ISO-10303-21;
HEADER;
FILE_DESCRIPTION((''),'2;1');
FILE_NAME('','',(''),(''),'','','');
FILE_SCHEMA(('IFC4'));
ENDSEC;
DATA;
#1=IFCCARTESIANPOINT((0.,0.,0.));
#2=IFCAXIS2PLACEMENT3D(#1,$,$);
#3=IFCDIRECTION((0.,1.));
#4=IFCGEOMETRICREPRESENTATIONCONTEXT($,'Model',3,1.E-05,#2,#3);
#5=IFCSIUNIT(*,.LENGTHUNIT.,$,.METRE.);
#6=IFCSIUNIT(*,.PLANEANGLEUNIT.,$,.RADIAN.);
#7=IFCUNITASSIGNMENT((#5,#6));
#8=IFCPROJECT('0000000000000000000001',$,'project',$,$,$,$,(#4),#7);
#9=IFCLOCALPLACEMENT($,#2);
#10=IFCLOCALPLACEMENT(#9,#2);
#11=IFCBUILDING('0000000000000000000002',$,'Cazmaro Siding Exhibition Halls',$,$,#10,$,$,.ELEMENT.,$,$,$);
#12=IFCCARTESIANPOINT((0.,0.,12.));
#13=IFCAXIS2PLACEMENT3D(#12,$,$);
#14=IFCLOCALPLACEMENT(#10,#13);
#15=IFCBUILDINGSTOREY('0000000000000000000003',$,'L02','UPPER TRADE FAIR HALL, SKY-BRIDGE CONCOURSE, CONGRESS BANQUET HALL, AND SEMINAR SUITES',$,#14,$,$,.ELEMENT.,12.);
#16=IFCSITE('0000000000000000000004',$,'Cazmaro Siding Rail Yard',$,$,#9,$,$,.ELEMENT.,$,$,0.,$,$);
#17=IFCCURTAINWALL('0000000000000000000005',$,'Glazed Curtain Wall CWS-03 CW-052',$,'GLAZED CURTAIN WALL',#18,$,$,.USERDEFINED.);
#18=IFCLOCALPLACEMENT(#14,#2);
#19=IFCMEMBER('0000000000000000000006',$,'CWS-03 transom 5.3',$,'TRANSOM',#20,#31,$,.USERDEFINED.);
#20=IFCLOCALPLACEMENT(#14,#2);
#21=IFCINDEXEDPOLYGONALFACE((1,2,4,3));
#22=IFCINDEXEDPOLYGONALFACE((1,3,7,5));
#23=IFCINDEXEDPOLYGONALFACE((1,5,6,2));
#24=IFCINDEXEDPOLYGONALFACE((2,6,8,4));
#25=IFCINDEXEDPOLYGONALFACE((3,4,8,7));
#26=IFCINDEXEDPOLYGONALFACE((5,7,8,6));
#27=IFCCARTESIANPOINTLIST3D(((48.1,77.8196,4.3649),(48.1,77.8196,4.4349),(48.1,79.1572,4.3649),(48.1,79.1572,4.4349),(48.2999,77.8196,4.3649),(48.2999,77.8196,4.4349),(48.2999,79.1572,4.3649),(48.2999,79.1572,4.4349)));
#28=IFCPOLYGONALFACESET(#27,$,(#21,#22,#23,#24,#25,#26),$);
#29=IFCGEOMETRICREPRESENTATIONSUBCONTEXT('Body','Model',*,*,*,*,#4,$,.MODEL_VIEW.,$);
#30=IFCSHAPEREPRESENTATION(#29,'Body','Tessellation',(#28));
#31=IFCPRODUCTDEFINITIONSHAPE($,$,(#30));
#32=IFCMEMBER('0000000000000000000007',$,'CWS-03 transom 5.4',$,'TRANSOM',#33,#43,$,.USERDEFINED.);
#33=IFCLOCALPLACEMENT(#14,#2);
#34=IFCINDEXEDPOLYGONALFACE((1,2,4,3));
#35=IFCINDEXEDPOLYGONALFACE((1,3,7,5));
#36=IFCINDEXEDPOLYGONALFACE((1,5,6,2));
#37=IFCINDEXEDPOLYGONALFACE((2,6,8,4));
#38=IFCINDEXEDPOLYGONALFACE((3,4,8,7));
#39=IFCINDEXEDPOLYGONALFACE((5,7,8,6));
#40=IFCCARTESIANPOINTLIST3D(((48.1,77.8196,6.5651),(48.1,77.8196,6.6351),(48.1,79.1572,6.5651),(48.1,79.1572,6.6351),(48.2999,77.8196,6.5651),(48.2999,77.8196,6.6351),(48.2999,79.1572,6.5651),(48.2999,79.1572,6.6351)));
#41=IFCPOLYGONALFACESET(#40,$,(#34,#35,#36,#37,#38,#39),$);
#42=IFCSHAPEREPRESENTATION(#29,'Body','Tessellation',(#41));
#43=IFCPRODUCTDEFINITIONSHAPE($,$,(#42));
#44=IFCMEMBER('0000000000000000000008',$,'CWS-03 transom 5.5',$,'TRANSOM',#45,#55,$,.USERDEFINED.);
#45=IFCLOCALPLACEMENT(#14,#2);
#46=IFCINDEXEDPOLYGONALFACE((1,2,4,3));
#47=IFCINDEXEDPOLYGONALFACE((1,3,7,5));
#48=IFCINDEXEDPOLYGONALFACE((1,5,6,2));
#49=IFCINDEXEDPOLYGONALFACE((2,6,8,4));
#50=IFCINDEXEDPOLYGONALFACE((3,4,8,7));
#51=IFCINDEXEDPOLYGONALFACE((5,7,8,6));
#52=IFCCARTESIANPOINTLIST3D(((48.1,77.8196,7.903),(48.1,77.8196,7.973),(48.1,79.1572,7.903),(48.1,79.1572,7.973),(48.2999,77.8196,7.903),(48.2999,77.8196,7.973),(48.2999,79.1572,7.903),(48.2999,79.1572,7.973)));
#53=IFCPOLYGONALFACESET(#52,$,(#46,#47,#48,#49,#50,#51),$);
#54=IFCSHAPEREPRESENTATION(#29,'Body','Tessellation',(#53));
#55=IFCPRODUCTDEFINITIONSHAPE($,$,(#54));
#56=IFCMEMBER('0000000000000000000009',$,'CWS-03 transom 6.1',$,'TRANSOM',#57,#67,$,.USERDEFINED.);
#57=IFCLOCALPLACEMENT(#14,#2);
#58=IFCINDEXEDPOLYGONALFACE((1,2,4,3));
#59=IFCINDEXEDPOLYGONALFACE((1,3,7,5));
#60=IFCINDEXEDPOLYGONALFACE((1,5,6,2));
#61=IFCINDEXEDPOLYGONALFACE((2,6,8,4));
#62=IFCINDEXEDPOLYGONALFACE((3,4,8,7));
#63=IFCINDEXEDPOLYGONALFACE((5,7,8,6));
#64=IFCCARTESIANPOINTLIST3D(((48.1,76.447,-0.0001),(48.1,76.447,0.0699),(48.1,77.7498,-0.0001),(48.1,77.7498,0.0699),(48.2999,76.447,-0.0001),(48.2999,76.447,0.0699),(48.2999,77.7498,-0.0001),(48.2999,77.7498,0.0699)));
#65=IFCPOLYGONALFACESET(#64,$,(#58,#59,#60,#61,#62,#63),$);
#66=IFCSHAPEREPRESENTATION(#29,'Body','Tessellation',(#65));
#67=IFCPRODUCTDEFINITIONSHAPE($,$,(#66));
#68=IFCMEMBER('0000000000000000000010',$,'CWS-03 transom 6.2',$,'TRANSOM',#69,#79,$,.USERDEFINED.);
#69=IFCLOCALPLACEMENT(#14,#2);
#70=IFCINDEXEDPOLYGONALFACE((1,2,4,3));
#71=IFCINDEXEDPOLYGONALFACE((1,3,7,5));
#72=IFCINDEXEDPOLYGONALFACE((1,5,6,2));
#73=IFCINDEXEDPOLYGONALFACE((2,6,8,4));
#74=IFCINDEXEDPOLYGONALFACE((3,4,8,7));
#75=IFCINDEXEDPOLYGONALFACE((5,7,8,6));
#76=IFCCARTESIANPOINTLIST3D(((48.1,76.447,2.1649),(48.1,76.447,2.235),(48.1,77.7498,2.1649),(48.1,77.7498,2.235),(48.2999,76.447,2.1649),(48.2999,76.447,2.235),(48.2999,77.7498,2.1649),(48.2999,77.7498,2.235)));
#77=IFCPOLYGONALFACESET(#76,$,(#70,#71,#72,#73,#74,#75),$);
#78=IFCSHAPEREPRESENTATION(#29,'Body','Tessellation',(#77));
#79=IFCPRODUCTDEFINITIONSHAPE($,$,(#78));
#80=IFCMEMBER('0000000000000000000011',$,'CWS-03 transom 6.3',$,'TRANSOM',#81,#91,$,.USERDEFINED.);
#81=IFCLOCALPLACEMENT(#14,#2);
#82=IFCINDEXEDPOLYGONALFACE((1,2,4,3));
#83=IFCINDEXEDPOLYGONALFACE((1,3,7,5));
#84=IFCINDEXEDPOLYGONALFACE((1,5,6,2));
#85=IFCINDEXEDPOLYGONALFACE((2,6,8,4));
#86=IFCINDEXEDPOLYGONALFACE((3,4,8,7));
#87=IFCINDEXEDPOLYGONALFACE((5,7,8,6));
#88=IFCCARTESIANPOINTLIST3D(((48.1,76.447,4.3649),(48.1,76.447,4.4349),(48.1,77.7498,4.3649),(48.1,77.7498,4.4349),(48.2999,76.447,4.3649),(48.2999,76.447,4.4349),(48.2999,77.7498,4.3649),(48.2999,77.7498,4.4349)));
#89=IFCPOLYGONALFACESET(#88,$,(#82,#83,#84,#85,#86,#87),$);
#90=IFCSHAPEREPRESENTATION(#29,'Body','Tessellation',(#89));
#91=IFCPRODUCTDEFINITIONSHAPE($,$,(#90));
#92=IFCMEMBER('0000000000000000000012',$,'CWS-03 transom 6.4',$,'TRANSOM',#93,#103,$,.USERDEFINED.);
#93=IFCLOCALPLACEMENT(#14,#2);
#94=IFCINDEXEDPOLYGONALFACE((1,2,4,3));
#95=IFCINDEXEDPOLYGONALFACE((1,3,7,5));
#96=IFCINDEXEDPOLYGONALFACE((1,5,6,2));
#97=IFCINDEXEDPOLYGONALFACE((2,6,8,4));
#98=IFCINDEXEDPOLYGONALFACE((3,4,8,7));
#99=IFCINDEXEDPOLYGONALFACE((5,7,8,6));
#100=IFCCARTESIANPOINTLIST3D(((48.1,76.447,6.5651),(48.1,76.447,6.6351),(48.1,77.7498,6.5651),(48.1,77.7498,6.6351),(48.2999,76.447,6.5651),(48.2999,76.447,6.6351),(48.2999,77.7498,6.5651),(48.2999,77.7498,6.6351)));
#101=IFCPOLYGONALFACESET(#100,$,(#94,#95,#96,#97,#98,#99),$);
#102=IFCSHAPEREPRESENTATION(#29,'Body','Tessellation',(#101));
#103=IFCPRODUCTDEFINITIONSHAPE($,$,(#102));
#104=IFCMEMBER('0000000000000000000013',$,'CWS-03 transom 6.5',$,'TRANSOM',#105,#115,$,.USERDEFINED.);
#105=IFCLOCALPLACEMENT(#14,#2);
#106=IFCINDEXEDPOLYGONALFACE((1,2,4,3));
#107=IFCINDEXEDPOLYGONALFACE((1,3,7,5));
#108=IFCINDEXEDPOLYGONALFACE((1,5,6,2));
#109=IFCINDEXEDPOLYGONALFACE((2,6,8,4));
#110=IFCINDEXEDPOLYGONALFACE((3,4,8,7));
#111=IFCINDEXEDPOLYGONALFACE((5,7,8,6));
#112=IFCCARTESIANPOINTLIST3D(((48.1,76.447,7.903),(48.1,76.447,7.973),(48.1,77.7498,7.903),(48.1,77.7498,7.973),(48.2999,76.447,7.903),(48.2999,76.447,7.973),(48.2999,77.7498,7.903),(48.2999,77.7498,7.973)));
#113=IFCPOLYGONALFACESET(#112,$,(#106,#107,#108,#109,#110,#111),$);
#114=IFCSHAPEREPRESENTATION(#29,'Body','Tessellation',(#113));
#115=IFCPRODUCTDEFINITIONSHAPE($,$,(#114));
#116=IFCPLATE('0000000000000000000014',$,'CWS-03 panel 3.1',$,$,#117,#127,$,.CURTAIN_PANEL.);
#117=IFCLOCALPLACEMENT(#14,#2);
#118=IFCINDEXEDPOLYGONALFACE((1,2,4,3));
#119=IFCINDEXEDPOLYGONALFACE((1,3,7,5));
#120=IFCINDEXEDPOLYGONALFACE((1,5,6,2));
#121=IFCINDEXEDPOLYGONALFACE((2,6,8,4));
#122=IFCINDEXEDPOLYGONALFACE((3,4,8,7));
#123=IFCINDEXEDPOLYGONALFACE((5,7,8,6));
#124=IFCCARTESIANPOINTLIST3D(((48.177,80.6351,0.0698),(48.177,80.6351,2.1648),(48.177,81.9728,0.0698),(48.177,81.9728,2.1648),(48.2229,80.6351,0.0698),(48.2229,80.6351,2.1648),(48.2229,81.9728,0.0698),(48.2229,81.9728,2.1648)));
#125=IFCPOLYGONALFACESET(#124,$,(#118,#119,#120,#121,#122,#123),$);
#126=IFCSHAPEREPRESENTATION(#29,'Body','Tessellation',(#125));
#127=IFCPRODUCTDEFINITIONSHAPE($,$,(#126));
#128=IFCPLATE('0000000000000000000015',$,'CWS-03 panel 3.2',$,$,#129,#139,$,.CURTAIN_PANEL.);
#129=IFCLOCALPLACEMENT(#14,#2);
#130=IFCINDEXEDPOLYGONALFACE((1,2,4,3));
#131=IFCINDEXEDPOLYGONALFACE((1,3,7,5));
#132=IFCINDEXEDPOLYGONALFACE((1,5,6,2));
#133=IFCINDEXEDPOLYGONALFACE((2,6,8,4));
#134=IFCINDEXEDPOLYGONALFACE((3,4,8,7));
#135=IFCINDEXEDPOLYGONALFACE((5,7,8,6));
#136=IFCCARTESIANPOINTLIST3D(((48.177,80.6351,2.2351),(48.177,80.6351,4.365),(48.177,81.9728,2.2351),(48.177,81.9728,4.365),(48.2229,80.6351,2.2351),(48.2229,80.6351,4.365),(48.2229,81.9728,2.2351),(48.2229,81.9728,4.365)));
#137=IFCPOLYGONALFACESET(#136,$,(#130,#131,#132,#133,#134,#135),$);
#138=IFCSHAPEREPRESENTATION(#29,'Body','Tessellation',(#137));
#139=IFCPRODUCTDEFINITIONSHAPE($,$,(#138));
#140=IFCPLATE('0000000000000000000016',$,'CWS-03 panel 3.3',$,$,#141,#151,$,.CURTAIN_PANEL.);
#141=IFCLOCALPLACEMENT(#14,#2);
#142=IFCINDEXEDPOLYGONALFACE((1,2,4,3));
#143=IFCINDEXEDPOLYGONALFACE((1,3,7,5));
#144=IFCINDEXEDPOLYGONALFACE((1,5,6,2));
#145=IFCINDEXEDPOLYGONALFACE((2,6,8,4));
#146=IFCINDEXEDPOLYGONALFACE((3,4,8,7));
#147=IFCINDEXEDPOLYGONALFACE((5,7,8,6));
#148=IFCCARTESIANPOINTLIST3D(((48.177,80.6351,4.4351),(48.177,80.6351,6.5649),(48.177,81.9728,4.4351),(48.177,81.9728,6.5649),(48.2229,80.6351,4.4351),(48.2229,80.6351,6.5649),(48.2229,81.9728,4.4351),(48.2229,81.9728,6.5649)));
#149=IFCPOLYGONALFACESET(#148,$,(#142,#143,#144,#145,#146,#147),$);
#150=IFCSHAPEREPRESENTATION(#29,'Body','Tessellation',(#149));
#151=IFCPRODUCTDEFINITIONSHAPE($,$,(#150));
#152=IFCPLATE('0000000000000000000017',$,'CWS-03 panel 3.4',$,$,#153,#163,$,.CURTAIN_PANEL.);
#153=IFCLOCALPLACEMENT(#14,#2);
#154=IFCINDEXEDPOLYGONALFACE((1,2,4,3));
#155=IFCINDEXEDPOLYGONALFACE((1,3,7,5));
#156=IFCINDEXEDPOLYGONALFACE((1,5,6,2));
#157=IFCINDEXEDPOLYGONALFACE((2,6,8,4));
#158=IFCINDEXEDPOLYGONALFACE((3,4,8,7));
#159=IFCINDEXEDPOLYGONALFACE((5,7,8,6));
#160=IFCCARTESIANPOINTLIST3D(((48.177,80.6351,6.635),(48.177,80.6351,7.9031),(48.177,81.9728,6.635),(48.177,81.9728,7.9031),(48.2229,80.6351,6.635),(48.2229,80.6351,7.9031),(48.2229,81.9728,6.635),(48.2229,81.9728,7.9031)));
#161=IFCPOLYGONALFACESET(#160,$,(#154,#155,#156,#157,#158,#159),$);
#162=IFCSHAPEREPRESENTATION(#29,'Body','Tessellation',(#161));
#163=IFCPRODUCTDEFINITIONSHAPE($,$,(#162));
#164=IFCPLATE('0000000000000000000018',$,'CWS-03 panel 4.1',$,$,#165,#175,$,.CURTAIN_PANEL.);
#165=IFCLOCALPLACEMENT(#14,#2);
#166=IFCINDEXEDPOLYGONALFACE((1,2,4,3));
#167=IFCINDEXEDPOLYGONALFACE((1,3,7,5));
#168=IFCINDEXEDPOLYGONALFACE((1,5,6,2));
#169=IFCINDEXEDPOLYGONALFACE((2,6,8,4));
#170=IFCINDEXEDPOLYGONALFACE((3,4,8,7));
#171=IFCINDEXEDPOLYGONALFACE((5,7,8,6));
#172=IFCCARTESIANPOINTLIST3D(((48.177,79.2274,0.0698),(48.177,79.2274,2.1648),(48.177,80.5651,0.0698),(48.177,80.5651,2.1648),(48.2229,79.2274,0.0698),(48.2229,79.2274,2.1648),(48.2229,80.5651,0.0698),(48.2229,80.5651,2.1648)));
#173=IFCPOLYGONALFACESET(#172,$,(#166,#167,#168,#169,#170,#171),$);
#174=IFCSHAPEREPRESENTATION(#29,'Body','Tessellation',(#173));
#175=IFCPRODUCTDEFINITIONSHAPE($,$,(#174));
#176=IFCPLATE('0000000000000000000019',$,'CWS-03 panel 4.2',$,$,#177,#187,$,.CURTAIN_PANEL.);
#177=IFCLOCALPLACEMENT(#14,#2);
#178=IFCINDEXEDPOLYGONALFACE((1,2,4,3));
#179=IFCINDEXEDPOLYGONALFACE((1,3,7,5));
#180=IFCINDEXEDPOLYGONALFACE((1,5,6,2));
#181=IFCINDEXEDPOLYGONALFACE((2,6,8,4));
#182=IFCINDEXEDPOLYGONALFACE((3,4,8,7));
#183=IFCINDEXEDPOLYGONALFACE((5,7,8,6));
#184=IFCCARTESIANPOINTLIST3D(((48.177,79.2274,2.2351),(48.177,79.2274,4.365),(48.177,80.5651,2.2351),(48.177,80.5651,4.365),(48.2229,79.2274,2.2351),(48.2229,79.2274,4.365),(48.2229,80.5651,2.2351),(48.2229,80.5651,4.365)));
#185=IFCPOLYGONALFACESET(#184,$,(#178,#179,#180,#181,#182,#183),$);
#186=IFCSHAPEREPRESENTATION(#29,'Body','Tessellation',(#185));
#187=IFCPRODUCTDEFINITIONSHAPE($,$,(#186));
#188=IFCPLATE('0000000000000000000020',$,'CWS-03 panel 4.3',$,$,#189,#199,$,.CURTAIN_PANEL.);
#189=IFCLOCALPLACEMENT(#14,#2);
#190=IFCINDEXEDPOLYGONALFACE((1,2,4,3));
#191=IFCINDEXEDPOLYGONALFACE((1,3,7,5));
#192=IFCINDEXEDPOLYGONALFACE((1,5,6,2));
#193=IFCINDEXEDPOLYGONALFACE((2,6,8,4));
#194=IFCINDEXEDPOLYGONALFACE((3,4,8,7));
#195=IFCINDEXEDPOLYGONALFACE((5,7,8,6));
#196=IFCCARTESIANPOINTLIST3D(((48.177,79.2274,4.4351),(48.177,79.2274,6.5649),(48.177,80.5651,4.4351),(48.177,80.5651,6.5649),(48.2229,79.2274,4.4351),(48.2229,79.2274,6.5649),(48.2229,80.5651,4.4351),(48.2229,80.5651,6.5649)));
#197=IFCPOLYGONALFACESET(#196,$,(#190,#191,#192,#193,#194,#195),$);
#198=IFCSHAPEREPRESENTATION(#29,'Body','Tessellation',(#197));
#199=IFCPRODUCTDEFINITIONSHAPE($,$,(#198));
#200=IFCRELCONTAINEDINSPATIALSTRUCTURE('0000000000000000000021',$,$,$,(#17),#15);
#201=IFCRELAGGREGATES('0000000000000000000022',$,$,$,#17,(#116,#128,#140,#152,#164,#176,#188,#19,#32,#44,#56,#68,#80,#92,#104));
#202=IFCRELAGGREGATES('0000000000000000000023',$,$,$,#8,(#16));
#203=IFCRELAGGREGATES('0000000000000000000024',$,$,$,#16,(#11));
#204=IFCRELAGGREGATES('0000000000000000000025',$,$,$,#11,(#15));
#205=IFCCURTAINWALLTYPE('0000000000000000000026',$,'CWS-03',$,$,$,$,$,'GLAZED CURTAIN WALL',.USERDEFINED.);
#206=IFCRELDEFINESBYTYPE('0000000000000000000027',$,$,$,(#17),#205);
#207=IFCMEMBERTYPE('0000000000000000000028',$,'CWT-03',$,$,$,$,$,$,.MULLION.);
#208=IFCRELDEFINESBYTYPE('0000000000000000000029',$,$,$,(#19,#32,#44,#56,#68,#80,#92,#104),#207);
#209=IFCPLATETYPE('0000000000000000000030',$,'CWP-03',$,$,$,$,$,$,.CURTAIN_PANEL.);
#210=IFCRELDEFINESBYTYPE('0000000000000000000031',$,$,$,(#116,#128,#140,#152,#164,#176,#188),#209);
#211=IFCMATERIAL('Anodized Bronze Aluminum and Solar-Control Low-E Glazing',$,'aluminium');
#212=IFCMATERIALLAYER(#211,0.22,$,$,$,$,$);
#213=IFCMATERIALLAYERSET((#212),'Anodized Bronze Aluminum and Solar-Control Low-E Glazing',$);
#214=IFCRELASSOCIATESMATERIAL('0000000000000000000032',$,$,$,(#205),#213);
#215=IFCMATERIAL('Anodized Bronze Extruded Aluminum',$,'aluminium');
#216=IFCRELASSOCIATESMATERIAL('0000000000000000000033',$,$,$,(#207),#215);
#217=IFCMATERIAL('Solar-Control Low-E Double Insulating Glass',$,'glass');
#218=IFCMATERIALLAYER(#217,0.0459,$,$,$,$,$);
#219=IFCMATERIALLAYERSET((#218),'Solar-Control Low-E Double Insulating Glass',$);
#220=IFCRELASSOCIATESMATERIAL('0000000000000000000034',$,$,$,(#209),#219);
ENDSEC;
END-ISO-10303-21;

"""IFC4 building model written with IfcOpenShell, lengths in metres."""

from ifc_helpers import new_model, si_unit, direction, frame, origin, origin_2d, place, context, subcontext, project, spatial, rectangle, extrude, material, layer, layer_set, material_profile, profile_set, type_object, element, aggregate, save


model = new_model("IFC4")

# Units and contexts
model_context = context("Model", 3, precision=1e-05, world=origin(), true_north=direction((0.0, 1.0)))
body_context = subcontext(model_context, "Body", "Model", "MODEL_VIEW")
ifc_project = project(units=[si_unit("LENGTHUNIT", "METRE"), si_unit("PLANEANGLEUNIT", "RADIAN")], contexts=[model_context])

# Site, building, storey
site_placement = place(None, origin())
site = spatial("IfcSite", under=ifc_project, at=site_placement, Name="Cazmaro Siding Rail Yard", CompositionType="ELEMENT", RefElevation=0.0)
building_placement = place(site_placement, origin())
building = spatial("IfcBuilding", under=site, at=building_placement, Name="Cazmaro Siding Exhibition Halls", CompositionType="ELEMENT")
storey_placement = place(building_placement, frame((0.0, 0.0, 12.0)))
storey = spatial("IfcBuildingStorey", under=building, at=storey_placement, Name="L02", Description="UPPER TRADE FAIR HALL, SKY-BRIDGE CONCOURSE, CONGRESS BANQUET HALL, AND SEMINAR SUITES", CompositionType="ELEMENT", Elevation=12.0)

# Curtain wall, members, plates
ifc_material_1 = material(Name="Anodized Bronze Aluminum and Solar-Control Low-E Glazing", Category="aluminium")
ifc_layer_1 = layer(ifc_material_1, 0.22)
ifc_layer_set_1 = layer_set([ifc_layer_1], Name="Anodized Bronze Aluminum and Solar-Control Low-E Glazing")
curtain_wall_type = type_object("IfcCurtainWallType", Name="CWS-03", ElementType="GLAZED CURTAIN WALL", PredefinedType="USERDEFINED", material=ifc_layer_set_1)
curtain_wall_placement = place(storey_placement, origin())
curtain_wall = element("IfcCurtainWall", 1, at=curtain_wall_placement, inside=storey, type_object=curtain_wall_type, Name="Glazed Curtain Wall CWS-03 CW-052", ObjectType="GLAZED CURTAIN WALL", PredefinedType="USERDEFINED")
ifc_material_2 = material(Name="Anodized Bronze Extruded Aluminum", Category="aluminium")
ifc_material_profile_1 = material_profile(ifc_material_2, rectangle(XDim=0.2, YDim=0.0701, at=origin_2d()), Name="CWT-03")
ifc_profile_set_1 = profile_set([ifc_material_profile_1], Name="Anodized Bronze Extruded Aluminum")
member_type_1 = type_object("IfcMemberType", Name="CWT-03", PredefinedType="MULLION", material=ifc_profile_set_1)
member_1_placement = place(storey_placement, frame((48.2, 79.1572, 4.3999), z_axis=(0.0, -1.0, 0.0), x_axis=(1.0, 0.0, 0.0)))
member_1 = element("IfcMember", 2, at=member_1_placement, type_object=member_type_1, Name="CWS-03 transom 5.3", ObjectType="TRANSOM", PredefinedType="USERDEFINED", context=body_context, shape_type="SweptSolid", body=[
    extrude(rectangle(XDim=0.2, YDim=0.0701, at=origin_2d()), origin(), (0.0, 0.0, 1.0), 1.3376),
])
member_2_placement = place(storey_placement, frame((48.2, 79.1572, 6.6001), z_axis=(0.0, -1.0, 0.0), x_axis=(1.0, 0.0, 0.0)))
member_2 = element("IfcMember", 3, at=member_2_placement, type_object=member_type_1, Name="CWS-03 transom 5.4", ObjectType="TRANSOM", PredefinedType="USERDEFINED", context=body_context, shape_type="SweptSolid", body=[
    extrude(rectangle(XDim=0.2, YDim=0.0701, at=origin_2d()), origin(), (0.0, 0.0, 1.0), 1.3376),
])
member_3_placement = place(storey_placement, frame((48.2, 79.1572, 7.938), z_axis=(0.0, -1.0, 0.0), x_axis=(1.0, 0.0, 0.0)))
member_3 = element("IfcMember", 4, at=member_3_placement, type_object=member_type_1, Name="CWS-03 transom 5.5", ObjectType="TRANSOM", PredefinedType="USERDEFINED", context=body_context, shape_type="SweptSolid", body=[
    extrude(rectangle(XDim=0.2, YDim=0.0701, at=origin_2d()), origin(), (0.0, 0.0, 1.0), 1.3376),
])
member_4_placement = place(storey_placement, frame((48.2, 77.7498, 0.0349), z_axis=(0.0, -1.0, 0.0), x_axis=(1.0, 0.0, 0.0)))
member_4 = element("IfcMember", 5, at=member_4_placement, type_object=member_type_1, Name="CWS-03 transom 6.1", ObjectType="TRANSOM", PredefinedType="USERDEFINED", context=body_context, shape_type="SweptSolid", body=[
    extrude(rectangle(XDim=0.2, YDim=0.0701, at=origin_2d()), origin(), (0.0, 0.0, 1.0), 1.3027),
])
member_5_placement = place(storey_placement, frame((48.2, 77.7498, 2.2), z_axis=(0.0, -1.0, 0.0), x_axis=(1.0, 0.0, 0.0)))
member_5 = element("IfcMember", 6, at=member_5_placement, type_object=member_type_1, Name="CWS-03 transom 6.2", ObjectType="TRANSOM", PredefinedType="USERDEFINED", context=body_context, shape_type="SweptSolid", body=[
    extrude(rectangle(XDim=0.2, YDim=0.0701, at=origin_2d()), origin(), (0.0, 0.0, 1.0), 1.3027),
])
member_6_placement = place(storey_placement, frame((48.2, 77.7498, 4.3999), z_axis=(0.0, -1.0, 0.0), x_axis=(1.0, 0.0, 0.0)))
member_6 = element("IfcMember", 7, at=member_6_placement, type_object=member_type_1, Name="CWS-03 transom 6.3", ObjectType="TRANSOM", PredefinedType="USERDEFINED", context=body_context, shape_type="SweptSolid", body=[
    extrude(rectangle(XDim=0.2, YDim=0.0701, at=origin_2d()), origin(), (0.0, 0.0, 1.0), 1.3027),
])
member_7_placement = place(storey_placement, frame((48.2, 77.7498, 6.6001), z_axis=(0.0, -1.0, 0.0), x_axis=(1.0, 0.0, 0.0)))
member_7 = element("IfcMember", 8, at=member_7_placement, type_object=member_type_1, Name="CWS-03 transom 6.4", ObjectType="TRANSOM", PredefinedType="USERDEFINED", context=body_context, shape_type="SweptSolid", body=[
    extrude(rectangle(XDim=0.2, YDim=0.0701, at=origin_2d()), origin(), (0.0, 0.0, 1.0), 1.3027),
])
member_8_placement = place(storey_placement, frame((48.2, 77.7498, 7.938), z_axis=(0.0, -1.0, 0.0), x_axis=(1.0, 0.0, 0.0)))
member_8 = element("IfcMember", 9, at=member_8_placement, type_object=member_type_1, Name="CWS-03 transom 6.5", ObjectType="TRANSOM", PredefinedType="USERDEFINED", context=body_context, shape_type="SweptSolid", body=[
    extrude(rectangle(XDim=0.2, YDim=0.0701, at=origin_2d()), origin(), (0.0, 0.0, 1.0), 1.3027),
])
ifc_material_3 = material(Name="Solar-Control Low-E Double Insulating Glass", Category="glass")
ifc_layer_2 = layer(ifc_material_3, 0.0459)
ifc_layer_set_2 = layer_set([ifc_layer_2], Name="Solar-Control Low-E Double Insulating Glass")
plate_type = type_object("IfcPlateType", Name="CWP-03", PredefinedType="CURTAIN_PANEL", material=ifc_layer_set_2)
plate_1_placement = place(storey_placement, frame((48.2, 81.304, 0.0698), z_axis=(0.0, 0.0, 1.0), x_axis=(0.0, -1.0, 0.0)))
plate_1 = element("IfcPlate", 10, at=plate_1_placement, type_object=plate_type, Name="CWS-03 panel 3.1", PredefinedType="CURTAIN_PANEL", context=body_context, shape_type="SweptSolid", body=[
    extrude(rectangle(XDim=1.3376, YDim=0.0459, at=origin_2d()), origin(), (0.0, 0.0, 1.0), 2.095),
])
plate_2_placement = place(storey_placement, frame((48.2, 81.304, 2.2351), z_axis=(0.0, 0.0, 1.0), x_axis=(0.0, -1.0, 0.0)))
plate_2 = element("IfcPlate", 11, at=plate_2_placement, type_object=plate_type, Name="CWS-03 panel 3.2", PredefinedType="CURTAIN_PANEL", context=body_context, shape_type="SweptSolid", body=[
    extrude(rectangle(XDim=1.3376, YDim=0.0459, at=origin_2d()), origin(), (0.0, 0.0, 1.0), 2.1299),
])
plate_3_placement = place(storey_placement, frame((48.2, 81.304, 4.4351), z_axis=(0.0, 0.0, 1.0), x_axis=(0.0, -1.0, 0.0)))
plate_3 = element("IfcPlate", 12, at=plate_3_placement, type_object=plate_type, Name="CWS-03 panel 3.3", PredefinedType="CURTAIN_PANEL", context=body_context, shape_type="SweptSolid", body=[
    extrude(rectangle(XDim=1.3376, YDim=0.0459, at=origin_2d()), origin(), (0.0, 0.0, 1.0), 2.1299),
])
plate_4_placement = place(storey_placement, frame((48.2, 81.304, 6.635), z_axis=(0.0, 0.0, 1.0), x_axis=(0.0, -1.0, 0.0)))
plate_4 = element("IfcPlate", 13, at=plate_4_placement, type_object=plate_type, Name="CWS-03 panel 3.4", PredefinedType="CURTAIN_PANEL", context=body_context, shape_type="SweptSolid", body=[
    extrude(rectangle(XDim=1.3376, YDim=0.0459, at=origin_2d()), origin(), (0.0, 0.0, 1.0), 1.2681),
])
plate_5_placement = place(storey_placement, frame((48.2, 79.8962, 0.0698), z_axis=(0.0, 0.0, 1.0), x_axis=(0.0, -1.0, 0.0)))
plate_5 = element("IfcPlate", 14, at=plate_5_placement, type_object=plate_type, Name="CWS-03 panel 4.1", PredefinedType="CURTAIN_PANEL", context=body_context, shape_type="SweptSolid", body=[
    extrude(rectangle(XDim=1.3376, YDim=0.0459, at=origin_2d()), origin(), (0.0, 0.0, 1.0), 2.095),
])
plate_6_placement = place(storey_placement, frame((48.2, 79.8962, 2.2351), z_axis=(0.0, 0.0, 1.0), x_axis=(0.0, -1.0, 0.0)))
plate_6 = element("IfcPlate", 15, at=plate_6_placement, type_object=plate_type, Name="CWS-03 panel 4.2", PredefinedType="CURTAIN_PANEL", context=body_context, shape_type="SweptSolid", body=[
    extrude(rectangle(XDim=1.3376, YDim=0.0459, at=origin_2d()), origin(), (0.0, 0.0, 1.0), 2.1299),
])
plate_7_placement = place(storey_placement, frame((48.2, 79.8962, 4.4351), z_axis=(0.0, 0.0, 1.0), x_axis=(0.0, -1.0, 0.0)))
plate_7 = element("IfcPlate", 16, at=plate_7_placement, type_object=plate_type, Name="CWS-03 panel 4.3", PredefinedType="CURTAIN_PANEL", context=body_context, shape_type="SweptSolid", body=[
    extrude(rectangle(XDim=1.3376, YDim=0.0459, at=origin_2d()), origin(), (0.0, 0.0, 1.0), 2.1299),
])
aggregate(curtain_wall, [plate_1, plate_2, plate_3, plate_4, plate_5, plate_6, plate_7, member_1, member_2, member_3, member_4, member_5, member_6, member_7, member_8])

save(model, "model.ifc")
